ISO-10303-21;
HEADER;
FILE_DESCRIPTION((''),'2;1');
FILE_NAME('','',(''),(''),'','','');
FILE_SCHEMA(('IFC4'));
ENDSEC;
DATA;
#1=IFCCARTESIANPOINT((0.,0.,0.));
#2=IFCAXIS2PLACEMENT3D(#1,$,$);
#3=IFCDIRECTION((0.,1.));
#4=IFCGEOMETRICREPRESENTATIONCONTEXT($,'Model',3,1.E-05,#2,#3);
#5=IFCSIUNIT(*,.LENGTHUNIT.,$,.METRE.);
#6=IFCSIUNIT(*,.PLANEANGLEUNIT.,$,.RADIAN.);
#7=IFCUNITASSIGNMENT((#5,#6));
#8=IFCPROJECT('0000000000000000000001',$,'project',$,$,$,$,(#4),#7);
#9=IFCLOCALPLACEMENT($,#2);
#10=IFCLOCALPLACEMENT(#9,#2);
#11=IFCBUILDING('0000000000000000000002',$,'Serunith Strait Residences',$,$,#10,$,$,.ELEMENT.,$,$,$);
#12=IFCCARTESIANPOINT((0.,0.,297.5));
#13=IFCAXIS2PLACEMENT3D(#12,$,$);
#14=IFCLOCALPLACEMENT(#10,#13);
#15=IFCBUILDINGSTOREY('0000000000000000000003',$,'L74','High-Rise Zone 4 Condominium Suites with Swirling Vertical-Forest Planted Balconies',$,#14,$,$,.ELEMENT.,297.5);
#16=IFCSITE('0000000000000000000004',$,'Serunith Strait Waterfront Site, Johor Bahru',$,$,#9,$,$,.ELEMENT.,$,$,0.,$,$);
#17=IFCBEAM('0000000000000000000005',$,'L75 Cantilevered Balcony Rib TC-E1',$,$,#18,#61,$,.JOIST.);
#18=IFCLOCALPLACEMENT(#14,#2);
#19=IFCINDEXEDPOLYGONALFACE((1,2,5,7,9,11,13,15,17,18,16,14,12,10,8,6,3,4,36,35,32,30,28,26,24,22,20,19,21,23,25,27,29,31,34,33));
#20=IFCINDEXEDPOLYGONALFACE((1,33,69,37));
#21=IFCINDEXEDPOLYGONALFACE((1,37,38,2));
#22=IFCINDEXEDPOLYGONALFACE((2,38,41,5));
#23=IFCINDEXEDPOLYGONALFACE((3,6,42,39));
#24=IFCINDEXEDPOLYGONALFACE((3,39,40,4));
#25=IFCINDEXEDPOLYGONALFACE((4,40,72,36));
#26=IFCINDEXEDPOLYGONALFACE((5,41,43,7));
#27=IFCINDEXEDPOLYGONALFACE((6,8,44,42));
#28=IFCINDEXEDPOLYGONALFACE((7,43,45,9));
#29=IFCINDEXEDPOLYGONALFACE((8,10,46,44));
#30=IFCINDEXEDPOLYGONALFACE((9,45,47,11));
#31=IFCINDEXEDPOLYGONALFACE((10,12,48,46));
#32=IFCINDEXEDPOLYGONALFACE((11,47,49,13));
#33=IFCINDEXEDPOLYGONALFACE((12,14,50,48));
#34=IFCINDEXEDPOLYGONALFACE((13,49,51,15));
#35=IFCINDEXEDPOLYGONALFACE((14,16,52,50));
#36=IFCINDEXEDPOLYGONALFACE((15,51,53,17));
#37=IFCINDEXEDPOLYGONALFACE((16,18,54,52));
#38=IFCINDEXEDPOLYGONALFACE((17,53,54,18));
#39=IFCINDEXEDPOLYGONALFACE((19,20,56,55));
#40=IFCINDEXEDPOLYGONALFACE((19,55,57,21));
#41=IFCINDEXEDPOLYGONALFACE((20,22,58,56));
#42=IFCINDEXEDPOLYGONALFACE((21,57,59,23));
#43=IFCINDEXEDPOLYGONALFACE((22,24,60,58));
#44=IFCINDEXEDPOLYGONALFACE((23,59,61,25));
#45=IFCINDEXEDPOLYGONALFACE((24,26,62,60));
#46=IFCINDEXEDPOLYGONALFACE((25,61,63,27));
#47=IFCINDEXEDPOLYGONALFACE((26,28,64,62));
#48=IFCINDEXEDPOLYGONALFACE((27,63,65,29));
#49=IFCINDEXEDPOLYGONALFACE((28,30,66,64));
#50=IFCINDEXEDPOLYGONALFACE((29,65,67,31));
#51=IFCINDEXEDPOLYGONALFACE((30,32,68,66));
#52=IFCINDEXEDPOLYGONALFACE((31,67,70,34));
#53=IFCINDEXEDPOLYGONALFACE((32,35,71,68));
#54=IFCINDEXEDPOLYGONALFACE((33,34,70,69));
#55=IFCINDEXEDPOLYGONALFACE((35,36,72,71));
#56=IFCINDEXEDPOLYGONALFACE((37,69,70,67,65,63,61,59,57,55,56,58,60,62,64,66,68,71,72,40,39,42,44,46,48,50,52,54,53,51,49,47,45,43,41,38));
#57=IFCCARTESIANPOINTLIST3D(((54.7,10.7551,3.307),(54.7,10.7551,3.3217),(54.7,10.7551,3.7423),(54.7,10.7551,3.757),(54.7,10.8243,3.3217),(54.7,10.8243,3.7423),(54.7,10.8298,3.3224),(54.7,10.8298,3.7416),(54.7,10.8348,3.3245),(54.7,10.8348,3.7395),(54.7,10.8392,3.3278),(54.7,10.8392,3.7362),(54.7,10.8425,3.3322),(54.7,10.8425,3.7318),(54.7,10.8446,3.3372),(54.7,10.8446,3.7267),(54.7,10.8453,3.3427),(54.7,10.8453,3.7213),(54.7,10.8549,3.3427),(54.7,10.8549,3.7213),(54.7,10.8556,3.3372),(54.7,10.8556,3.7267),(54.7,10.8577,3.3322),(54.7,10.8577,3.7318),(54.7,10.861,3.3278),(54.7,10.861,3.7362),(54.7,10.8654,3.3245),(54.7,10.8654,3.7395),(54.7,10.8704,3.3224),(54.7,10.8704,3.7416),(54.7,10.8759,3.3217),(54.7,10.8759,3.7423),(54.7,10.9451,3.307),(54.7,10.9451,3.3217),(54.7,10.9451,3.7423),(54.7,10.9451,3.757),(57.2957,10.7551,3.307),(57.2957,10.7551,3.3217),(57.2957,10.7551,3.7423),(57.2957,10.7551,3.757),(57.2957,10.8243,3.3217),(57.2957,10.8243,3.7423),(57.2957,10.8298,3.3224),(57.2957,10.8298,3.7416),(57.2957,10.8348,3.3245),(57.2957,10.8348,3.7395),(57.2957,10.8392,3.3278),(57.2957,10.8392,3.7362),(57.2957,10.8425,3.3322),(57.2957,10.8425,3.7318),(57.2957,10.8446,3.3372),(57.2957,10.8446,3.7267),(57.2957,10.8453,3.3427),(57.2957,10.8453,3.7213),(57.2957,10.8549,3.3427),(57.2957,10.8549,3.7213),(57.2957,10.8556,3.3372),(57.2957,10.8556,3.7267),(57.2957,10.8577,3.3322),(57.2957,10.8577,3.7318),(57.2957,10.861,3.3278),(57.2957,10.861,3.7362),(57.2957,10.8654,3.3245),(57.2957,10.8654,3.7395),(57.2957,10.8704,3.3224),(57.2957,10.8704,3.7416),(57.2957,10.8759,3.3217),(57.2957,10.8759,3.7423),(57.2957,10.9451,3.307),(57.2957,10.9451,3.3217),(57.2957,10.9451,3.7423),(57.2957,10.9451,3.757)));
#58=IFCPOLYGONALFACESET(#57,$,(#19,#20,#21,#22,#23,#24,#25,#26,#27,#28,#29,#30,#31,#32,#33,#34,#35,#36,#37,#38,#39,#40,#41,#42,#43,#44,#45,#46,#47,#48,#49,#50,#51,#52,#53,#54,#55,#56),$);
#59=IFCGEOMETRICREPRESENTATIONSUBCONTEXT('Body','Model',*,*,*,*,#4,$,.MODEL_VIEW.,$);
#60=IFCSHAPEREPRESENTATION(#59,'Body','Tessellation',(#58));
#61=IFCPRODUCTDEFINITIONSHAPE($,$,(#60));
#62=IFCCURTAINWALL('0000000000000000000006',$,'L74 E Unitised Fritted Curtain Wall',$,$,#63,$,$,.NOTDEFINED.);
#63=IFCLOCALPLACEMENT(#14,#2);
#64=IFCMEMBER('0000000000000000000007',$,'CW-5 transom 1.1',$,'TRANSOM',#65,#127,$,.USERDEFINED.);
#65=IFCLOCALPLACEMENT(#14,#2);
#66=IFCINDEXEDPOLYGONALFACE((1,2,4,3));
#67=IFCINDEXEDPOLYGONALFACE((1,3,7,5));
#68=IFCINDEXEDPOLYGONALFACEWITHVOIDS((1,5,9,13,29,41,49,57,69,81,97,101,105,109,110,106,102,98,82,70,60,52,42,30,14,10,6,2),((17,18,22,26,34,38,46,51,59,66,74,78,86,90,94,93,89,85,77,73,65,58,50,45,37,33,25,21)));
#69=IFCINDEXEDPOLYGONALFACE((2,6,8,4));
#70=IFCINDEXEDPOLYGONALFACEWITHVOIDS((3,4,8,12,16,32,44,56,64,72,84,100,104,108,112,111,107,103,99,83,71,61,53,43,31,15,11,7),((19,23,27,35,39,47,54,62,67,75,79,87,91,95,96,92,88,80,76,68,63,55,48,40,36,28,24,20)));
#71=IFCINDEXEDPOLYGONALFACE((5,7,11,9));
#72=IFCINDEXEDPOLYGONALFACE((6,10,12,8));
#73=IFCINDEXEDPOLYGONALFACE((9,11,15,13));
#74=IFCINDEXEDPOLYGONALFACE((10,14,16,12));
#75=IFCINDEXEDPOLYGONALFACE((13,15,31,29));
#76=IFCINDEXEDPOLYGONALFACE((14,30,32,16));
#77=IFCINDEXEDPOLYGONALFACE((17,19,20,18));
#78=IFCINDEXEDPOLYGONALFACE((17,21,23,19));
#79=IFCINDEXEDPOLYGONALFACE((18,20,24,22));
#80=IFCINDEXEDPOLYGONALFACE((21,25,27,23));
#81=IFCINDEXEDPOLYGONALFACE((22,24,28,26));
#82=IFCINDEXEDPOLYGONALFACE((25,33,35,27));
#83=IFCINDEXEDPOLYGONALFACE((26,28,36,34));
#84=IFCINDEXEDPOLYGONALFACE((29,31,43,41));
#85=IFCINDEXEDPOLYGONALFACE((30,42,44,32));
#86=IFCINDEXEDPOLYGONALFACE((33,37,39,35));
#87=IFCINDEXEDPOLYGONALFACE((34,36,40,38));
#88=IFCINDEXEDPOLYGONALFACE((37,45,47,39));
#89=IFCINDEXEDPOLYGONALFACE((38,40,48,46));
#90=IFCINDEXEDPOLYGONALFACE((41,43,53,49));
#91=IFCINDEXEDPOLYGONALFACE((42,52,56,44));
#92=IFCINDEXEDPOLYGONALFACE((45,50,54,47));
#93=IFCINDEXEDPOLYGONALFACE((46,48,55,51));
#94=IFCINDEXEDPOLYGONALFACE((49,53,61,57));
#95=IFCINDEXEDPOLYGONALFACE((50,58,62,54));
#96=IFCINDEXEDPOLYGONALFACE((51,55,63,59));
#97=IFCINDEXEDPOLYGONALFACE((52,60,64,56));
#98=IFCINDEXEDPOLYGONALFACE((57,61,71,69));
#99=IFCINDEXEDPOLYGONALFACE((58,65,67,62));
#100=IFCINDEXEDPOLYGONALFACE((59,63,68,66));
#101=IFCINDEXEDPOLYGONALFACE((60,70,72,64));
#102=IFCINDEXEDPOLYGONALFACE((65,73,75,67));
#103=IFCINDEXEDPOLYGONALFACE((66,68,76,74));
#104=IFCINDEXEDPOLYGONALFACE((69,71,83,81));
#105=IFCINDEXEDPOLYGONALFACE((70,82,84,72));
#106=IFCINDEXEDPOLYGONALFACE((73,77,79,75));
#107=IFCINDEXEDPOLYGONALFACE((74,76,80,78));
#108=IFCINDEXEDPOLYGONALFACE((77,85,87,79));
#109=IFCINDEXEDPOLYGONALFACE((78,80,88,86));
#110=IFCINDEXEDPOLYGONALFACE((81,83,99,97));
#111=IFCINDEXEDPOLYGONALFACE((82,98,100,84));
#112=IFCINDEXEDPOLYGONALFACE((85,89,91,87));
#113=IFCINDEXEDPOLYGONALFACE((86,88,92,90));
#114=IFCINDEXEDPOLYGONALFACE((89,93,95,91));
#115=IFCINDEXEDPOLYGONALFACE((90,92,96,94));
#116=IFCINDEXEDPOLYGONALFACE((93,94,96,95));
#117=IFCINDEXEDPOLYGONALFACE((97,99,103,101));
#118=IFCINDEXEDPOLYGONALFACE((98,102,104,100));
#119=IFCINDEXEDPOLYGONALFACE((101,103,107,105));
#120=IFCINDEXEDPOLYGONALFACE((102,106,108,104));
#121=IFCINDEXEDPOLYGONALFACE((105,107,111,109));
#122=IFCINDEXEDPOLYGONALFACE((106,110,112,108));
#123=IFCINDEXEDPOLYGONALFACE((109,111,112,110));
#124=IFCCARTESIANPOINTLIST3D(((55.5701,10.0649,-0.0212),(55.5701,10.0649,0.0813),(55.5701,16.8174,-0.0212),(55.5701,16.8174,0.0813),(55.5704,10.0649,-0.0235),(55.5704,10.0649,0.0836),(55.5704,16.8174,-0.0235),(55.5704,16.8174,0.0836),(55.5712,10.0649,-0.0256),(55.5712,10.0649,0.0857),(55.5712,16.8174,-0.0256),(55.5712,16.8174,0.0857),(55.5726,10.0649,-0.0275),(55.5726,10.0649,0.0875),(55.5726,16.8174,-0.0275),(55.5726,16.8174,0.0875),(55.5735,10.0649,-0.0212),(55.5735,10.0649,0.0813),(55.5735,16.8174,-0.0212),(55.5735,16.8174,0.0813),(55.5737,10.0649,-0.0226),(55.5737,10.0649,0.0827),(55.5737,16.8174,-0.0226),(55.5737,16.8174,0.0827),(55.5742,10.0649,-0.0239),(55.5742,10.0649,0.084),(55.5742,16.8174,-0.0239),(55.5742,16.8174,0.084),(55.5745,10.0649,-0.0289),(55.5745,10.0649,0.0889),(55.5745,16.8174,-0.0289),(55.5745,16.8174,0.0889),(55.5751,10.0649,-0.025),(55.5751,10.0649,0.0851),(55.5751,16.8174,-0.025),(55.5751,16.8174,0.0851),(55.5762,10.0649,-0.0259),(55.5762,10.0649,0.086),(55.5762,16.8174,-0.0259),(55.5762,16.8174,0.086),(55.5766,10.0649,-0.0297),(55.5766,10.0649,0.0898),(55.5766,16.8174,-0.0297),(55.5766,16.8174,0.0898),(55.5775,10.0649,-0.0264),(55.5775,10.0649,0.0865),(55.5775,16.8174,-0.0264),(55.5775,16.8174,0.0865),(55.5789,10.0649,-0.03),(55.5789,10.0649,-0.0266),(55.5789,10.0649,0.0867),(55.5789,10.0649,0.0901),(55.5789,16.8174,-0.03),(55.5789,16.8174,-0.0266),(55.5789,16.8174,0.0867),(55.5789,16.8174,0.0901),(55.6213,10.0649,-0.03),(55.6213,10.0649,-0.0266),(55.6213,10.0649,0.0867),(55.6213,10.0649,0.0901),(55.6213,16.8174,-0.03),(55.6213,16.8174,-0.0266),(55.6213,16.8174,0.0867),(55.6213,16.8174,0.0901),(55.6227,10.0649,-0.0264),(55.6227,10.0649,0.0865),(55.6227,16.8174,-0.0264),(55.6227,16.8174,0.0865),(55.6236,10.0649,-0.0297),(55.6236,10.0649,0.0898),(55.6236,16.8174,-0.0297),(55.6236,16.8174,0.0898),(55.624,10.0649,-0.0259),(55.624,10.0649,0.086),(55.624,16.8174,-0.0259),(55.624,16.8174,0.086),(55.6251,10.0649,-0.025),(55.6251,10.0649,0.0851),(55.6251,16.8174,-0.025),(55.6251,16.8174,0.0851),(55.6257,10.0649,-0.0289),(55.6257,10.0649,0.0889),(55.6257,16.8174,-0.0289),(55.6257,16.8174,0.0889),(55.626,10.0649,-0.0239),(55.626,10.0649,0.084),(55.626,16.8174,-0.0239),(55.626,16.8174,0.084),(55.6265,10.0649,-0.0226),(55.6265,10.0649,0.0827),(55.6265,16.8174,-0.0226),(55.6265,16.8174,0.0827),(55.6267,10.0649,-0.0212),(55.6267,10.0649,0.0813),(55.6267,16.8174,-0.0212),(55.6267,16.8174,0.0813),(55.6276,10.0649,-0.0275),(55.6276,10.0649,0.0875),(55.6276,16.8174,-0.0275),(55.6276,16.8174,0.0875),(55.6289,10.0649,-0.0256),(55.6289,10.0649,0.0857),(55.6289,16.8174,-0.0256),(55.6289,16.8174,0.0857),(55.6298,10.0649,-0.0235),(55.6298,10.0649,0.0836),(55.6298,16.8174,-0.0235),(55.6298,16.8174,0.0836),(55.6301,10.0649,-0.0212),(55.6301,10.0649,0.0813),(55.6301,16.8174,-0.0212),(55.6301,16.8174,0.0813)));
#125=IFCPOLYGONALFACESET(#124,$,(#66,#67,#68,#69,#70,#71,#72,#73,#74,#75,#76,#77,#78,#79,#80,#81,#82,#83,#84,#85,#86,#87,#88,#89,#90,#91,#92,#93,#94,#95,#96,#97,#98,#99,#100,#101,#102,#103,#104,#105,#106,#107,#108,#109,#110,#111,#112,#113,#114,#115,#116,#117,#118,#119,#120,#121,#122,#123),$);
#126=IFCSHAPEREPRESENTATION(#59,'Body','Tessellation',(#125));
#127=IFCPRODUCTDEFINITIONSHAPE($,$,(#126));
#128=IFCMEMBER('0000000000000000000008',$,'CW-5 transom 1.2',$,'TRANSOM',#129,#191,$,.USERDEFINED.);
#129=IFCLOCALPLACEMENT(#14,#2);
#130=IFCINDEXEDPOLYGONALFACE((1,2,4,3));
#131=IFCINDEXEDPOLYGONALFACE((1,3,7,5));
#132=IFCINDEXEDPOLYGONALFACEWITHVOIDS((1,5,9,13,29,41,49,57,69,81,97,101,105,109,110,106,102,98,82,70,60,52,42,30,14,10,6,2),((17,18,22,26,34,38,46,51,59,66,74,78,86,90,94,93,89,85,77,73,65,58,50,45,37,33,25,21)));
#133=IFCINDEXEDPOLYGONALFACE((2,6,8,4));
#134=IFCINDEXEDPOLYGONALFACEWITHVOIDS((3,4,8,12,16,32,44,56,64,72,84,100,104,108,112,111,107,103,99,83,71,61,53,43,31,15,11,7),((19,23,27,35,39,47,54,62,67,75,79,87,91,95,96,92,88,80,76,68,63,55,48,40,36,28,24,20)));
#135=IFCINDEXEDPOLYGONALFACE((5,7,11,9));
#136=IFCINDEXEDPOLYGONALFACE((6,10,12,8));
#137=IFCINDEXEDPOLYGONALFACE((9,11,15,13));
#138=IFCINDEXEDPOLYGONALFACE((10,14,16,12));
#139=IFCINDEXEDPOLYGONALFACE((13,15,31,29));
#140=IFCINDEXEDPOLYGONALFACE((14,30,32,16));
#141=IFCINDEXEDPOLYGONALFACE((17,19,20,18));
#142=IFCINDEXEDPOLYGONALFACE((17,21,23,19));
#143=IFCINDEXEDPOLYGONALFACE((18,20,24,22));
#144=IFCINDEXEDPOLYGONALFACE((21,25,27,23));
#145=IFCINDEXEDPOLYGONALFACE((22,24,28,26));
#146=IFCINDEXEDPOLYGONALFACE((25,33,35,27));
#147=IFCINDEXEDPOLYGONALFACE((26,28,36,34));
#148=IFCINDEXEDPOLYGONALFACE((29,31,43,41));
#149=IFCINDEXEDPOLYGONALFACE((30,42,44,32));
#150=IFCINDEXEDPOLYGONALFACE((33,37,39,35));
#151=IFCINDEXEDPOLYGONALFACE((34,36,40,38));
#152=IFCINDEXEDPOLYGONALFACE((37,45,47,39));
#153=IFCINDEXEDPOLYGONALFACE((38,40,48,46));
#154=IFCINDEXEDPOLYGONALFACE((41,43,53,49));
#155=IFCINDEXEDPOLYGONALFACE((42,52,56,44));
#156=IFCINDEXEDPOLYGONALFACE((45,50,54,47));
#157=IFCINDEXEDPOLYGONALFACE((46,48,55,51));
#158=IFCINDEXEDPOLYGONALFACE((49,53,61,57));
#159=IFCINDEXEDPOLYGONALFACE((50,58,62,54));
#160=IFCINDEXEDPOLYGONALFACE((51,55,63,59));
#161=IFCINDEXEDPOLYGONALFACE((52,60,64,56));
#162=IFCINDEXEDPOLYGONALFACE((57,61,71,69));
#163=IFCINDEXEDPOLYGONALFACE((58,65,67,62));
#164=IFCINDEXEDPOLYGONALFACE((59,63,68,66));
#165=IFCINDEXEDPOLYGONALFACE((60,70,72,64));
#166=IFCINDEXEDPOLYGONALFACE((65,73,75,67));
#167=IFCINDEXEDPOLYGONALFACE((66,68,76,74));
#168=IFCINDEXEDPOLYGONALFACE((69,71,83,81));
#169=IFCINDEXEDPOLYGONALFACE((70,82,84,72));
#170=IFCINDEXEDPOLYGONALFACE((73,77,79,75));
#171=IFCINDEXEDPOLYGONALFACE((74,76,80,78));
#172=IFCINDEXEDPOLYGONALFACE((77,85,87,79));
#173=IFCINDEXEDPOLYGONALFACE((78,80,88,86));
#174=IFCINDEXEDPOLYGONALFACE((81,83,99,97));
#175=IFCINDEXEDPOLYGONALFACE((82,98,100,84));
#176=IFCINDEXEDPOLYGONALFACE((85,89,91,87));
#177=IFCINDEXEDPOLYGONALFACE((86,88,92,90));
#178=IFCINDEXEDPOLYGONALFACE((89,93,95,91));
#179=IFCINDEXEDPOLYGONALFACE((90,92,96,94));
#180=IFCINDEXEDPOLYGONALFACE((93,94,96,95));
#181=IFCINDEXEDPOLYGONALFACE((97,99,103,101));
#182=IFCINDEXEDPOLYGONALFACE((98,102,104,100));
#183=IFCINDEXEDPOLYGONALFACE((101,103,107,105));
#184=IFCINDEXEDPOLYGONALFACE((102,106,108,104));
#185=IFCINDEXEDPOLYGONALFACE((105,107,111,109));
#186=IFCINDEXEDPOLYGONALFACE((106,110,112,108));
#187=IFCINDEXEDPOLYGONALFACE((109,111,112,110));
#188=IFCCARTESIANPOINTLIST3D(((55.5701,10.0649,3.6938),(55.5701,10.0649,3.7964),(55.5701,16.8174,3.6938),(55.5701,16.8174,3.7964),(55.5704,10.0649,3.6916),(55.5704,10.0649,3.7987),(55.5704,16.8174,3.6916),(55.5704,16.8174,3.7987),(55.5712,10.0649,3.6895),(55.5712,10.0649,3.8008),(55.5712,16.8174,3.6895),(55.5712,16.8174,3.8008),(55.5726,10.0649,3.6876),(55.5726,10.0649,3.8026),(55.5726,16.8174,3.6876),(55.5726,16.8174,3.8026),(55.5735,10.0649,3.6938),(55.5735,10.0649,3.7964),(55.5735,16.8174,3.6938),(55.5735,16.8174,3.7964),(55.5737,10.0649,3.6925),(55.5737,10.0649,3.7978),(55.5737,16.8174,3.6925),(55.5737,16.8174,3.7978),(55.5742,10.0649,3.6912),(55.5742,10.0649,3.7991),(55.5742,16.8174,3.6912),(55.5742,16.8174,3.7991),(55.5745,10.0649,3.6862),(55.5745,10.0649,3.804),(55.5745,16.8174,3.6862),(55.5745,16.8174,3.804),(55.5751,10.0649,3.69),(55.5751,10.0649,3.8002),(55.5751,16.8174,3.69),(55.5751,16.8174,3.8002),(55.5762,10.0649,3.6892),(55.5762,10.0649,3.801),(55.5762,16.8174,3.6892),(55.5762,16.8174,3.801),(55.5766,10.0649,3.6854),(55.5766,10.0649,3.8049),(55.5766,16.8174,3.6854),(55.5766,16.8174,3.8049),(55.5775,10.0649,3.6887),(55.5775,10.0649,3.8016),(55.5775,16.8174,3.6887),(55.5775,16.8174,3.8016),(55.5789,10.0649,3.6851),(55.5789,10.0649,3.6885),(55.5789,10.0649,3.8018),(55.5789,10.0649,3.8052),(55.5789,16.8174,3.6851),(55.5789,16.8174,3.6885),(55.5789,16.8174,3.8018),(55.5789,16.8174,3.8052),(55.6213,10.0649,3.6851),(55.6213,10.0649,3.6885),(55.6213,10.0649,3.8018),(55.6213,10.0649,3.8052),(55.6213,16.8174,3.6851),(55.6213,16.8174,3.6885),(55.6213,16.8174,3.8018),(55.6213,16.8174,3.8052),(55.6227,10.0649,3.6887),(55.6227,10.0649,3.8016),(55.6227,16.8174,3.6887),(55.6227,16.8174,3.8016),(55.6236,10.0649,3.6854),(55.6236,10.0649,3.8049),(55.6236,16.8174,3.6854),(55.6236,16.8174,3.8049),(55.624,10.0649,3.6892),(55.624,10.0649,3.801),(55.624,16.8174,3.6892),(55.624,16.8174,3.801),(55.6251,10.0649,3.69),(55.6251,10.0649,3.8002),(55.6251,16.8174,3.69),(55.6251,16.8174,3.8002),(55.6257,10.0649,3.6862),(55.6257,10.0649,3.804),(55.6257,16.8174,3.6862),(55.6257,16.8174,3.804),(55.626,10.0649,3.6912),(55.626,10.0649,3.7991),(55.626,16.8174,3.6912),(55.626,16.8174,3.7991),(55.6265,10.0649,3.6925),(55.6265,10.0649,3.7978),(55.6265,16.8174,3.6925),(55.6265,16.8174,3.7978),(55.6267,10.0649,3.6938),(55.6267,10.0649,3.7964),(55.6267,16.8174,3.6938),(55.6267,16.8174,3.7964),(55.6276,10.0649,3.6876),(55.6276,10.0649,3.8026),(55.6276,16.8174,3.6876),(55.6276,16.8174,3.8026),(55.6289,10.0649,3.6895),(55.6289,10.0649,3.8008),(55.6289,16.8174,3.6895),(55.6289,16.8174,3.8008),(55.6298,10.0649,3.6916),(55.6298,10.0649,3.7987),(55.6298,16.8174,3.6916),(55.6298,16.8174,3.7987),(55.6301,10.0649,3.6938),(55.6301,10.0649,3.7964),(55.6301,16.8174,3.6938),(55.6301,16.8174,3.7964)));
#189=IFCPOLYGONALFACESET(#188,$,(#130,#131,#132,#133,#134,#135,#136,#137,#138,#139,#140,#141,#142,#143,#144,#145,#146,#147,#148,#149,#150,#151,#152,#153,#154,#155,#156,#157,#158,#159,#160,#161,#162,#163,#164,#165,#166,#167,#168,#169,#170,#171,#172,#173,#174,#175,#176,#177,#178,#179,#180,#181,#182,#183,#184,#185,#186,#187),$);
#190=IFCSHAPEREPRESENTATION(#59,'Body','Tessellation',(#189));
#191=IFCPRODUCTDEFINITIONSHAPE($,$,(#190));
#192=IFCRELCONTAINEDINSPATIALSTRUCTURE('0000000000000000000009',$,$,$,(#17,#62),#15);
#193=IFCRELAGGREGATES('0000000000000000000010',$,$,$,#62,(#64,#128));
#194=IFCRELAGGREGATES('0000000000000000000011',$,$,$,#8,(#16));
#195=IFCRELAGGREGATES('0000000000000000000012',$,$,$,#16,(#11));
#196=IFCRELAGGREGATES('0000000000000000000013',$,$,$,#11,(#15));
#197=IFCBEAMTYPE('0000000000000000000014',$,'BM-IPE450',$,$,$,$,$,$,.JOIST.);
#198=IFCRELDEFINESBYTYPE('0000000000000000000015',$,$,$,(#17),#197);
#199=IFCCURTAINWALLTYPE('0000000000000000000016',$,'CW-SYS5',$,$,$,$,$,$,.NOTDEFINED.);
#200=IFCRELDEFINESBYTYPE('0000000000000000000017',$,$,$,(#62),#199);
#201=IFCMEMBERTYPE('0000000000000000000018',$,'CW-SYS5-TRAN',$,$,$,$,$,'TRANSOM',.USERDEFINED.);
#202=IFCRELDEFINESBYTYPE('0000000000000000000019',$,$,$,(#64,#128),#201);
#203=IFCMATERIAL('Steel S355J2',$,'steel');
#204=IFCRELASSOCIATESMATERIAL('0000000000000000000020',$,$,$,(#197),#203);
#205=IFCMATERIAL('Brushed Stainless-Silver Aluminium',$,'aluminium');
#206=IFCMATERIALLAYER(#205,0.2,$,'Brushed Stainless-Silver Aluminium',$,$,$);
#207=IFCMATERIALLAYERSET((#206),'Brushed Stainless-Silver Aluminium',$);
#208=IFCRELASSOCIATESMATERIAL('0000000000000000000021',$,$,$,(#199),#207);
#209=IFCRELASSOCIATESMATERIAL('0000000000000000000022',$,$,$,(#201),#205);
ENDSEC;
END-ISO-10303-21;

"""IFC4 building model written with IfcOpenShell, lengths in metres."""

from ifc_helpers import new_model, si_unit, direction, frame, origin, origin_2d, place, context, subcontext, project, spatial, hollow_rectangle, i_section, extrude, source, transform, mapped, material, layer, layer_set, material_profile, profile_set, type_object, element, aggregate, save


model = new_model("IFC4")

# Units and contexts
model_context = context("Model", 3, precision=1e-05, world=origin(), true_north=direction((0.0, 1.0)))
body_context = subcontext(model_context, "Body", "Model", "MODEL_VIEW")
ifc_project = project(units=[si_unit("LENGTHUNIT", "METRE"), si_unit("PLANEANGLEUNIT", "RADIAN")], contexts=[model_context])

# Site, building, storey
site_placement = place(None, origin())
site = spatial("IfcSite", under=ifc_project, at=site_placement, Name="Serunith Strait Waterfront Site, Johor Bahru", CompositionType="ELEMENT", RefElevation=0.0)
building_placement = place(site_placement, origin())
building = spatial("IfcBuilding", under=site, at=building_placement, Name="Serunith Strait Residences", CompositionType="ELEMENT")
storey_placement = place(building_placement, frame((0.0, 0.0, 297.5)))
storey = spatial("IfcBuildingStorey", under=building, at=storey_placement, Name="L74", Description="High-Rise Zone 4 Condominium Suites with Swirling Vertical-Forest Planted Balconies", CompositionType="ELEMENT", Elevation=297.5)

# Beam
ifc_material_1 = material(Name="Steel S355J2", Category="steel")
ifc_material_profile_1 = material_profile(ifc_material_1, i_section(OverallWidth=0.1899, OverallDepth=0.45, WebThickness=0.0095, FlangeThickness=0.0146, FilletRadius=0.021, at=origin_2d()), Name="IPE 450")
ifc_profile_set_1 = profile_set([ifc_material_profile_1], Name="Steel S355J2")
beam_type_1 = type_object("IfcBeamType", Name="BM-IPE450", PredefinedType="JOIST", material=ifc_profile_set_1)
shared_shape_1 = source(origin(), body_context, "Body", "SweptSolid", [
    extrude(i_section(OverallWidth=0.1899, OverallDepth=0.45, WebThickness=0.0095, FlangeThickness=0.0146, FilletRadius=0.021, at=origin_2d()), origin(), (0.0, 0.0, 1.0), 2.5957),
])
beam_1_placement = place(storey_placement, frame((54.7, 10.8501, 3.532), z_axis=(1.0, 0.0, 0.0), x_axis=(0.0, 1.0, 0.0)))
element("IfcBeam", 1, at=beam_1_placement, inside=storey, type_object=beam_type_1, Name="L75 Cantilevered Balcony Rib TC-E1", PredefinedType="JOIST", context=body_context, shape_type="MappedRepresentation", body=[
    mapped(shared_shape_1, transform((0.0, 0.0, 0.0), scale=1.0)),
])

# Curtain wall, members
ifc_material_2 = material(Name="Brushed Stainless-Silver Aluminium", Category="aluminium")
ifc_layer_1 = layer(ifc_material_2, 0.2, Name="Brushed Stainless-Silver Aluminium")
ifc_layer_set_1 = layer_set([ifc_layer_1], Name="Brushed Stainless-Silver Aluminium")
curtain_wall_type = type_object("IfcCurtainWallType", Name="CW-SYS5", PredefinedType="NOTDEFINED", material=ifc_layer_set_1)
curtain_wall_1_placement = place(storey_placement, origin())
curtain_wall_1 = element("IfcCurtainWall", 2, at=curtain_wall_1_placement, inside=storey, type_object=curtain_wall_type, Name="L74 E Unitised Fritted Curtain Wall", PredefinedType="NOTDEFINED")
ifc_material_profile_2 = material_profile(ifc_material_2, hollow_rectangle(XDim=0.0601, YDim=0.1201, WallThickness=0.0034, InnerFilletRadius=0.0054, OuterFilletRadius=0.0088, at=origin_2d()), Name="ALU 120x60x3.5")
ifc_profile_set_2 = profile_set([ifc_material_profile_2], Name="Brushed Stainless-Silver Aluminium")
member_type_1 = type_object("IfcMemberType", Name="CW-SYS5-TRAN", ElementType="TRANSOM", PredefinedType="USERDEFINED", material=ifc_profile_set_2)
shared_shape_2 = source(origin(), body_context, "Body", "SweptSolid", [
    extrude(hollow_rectangle(XDim=0.0601, YDim=0.1201, WallThickness=0.0034, InnerFilletRadius=0.0054, OuterFilletRadius=0.0088, at=origin_2d()), origin(), (0.0, 0.0, 1.0), 6.7524),
])
member_1_placement = place(storey_placement, frame((55.6001, 10.0649, 0.03), z_axis=(0.0, 1.0, 0.0), x_axis=(-1.0, 0.0, 0.0)))
member_1 = element("IfcMember", 3, at=member_1_placement, type_object=member_type_1, Name="CW-5 transom 1.1", ObjectType="TRANSOM", PredefinedType="USERDEFINED", context=body_context, shape_type="MappedRepresentation", body=[
    mapped(shared_shape_2, transform((0.0, 0.0, 0.0), scale=1.0)),
])
member_2_placement = place(storey_placement, frame((55.6001, 10.0649, 3.7451), z_axis=(0.0, 1.0, 0.0), x_axis=(-1.0, 0.0, 0.0)))
member_2 = element("IfcMember", 4, at=member_2_placement, type_object=member_type_1, Name="CW-5 transom 1.2", ObjectType="TRANSOM", PredefinedType="USERDEFINED", context=body_context, shape_type="MappedRepresentation", body=[
    mapped(shared_shape_2, transform((0.0, 0.0, 0.0), scale=1.0)),
])

aggregate(curtain_wall_1, [member_1, member_2])

save(model, "model.ifc")
